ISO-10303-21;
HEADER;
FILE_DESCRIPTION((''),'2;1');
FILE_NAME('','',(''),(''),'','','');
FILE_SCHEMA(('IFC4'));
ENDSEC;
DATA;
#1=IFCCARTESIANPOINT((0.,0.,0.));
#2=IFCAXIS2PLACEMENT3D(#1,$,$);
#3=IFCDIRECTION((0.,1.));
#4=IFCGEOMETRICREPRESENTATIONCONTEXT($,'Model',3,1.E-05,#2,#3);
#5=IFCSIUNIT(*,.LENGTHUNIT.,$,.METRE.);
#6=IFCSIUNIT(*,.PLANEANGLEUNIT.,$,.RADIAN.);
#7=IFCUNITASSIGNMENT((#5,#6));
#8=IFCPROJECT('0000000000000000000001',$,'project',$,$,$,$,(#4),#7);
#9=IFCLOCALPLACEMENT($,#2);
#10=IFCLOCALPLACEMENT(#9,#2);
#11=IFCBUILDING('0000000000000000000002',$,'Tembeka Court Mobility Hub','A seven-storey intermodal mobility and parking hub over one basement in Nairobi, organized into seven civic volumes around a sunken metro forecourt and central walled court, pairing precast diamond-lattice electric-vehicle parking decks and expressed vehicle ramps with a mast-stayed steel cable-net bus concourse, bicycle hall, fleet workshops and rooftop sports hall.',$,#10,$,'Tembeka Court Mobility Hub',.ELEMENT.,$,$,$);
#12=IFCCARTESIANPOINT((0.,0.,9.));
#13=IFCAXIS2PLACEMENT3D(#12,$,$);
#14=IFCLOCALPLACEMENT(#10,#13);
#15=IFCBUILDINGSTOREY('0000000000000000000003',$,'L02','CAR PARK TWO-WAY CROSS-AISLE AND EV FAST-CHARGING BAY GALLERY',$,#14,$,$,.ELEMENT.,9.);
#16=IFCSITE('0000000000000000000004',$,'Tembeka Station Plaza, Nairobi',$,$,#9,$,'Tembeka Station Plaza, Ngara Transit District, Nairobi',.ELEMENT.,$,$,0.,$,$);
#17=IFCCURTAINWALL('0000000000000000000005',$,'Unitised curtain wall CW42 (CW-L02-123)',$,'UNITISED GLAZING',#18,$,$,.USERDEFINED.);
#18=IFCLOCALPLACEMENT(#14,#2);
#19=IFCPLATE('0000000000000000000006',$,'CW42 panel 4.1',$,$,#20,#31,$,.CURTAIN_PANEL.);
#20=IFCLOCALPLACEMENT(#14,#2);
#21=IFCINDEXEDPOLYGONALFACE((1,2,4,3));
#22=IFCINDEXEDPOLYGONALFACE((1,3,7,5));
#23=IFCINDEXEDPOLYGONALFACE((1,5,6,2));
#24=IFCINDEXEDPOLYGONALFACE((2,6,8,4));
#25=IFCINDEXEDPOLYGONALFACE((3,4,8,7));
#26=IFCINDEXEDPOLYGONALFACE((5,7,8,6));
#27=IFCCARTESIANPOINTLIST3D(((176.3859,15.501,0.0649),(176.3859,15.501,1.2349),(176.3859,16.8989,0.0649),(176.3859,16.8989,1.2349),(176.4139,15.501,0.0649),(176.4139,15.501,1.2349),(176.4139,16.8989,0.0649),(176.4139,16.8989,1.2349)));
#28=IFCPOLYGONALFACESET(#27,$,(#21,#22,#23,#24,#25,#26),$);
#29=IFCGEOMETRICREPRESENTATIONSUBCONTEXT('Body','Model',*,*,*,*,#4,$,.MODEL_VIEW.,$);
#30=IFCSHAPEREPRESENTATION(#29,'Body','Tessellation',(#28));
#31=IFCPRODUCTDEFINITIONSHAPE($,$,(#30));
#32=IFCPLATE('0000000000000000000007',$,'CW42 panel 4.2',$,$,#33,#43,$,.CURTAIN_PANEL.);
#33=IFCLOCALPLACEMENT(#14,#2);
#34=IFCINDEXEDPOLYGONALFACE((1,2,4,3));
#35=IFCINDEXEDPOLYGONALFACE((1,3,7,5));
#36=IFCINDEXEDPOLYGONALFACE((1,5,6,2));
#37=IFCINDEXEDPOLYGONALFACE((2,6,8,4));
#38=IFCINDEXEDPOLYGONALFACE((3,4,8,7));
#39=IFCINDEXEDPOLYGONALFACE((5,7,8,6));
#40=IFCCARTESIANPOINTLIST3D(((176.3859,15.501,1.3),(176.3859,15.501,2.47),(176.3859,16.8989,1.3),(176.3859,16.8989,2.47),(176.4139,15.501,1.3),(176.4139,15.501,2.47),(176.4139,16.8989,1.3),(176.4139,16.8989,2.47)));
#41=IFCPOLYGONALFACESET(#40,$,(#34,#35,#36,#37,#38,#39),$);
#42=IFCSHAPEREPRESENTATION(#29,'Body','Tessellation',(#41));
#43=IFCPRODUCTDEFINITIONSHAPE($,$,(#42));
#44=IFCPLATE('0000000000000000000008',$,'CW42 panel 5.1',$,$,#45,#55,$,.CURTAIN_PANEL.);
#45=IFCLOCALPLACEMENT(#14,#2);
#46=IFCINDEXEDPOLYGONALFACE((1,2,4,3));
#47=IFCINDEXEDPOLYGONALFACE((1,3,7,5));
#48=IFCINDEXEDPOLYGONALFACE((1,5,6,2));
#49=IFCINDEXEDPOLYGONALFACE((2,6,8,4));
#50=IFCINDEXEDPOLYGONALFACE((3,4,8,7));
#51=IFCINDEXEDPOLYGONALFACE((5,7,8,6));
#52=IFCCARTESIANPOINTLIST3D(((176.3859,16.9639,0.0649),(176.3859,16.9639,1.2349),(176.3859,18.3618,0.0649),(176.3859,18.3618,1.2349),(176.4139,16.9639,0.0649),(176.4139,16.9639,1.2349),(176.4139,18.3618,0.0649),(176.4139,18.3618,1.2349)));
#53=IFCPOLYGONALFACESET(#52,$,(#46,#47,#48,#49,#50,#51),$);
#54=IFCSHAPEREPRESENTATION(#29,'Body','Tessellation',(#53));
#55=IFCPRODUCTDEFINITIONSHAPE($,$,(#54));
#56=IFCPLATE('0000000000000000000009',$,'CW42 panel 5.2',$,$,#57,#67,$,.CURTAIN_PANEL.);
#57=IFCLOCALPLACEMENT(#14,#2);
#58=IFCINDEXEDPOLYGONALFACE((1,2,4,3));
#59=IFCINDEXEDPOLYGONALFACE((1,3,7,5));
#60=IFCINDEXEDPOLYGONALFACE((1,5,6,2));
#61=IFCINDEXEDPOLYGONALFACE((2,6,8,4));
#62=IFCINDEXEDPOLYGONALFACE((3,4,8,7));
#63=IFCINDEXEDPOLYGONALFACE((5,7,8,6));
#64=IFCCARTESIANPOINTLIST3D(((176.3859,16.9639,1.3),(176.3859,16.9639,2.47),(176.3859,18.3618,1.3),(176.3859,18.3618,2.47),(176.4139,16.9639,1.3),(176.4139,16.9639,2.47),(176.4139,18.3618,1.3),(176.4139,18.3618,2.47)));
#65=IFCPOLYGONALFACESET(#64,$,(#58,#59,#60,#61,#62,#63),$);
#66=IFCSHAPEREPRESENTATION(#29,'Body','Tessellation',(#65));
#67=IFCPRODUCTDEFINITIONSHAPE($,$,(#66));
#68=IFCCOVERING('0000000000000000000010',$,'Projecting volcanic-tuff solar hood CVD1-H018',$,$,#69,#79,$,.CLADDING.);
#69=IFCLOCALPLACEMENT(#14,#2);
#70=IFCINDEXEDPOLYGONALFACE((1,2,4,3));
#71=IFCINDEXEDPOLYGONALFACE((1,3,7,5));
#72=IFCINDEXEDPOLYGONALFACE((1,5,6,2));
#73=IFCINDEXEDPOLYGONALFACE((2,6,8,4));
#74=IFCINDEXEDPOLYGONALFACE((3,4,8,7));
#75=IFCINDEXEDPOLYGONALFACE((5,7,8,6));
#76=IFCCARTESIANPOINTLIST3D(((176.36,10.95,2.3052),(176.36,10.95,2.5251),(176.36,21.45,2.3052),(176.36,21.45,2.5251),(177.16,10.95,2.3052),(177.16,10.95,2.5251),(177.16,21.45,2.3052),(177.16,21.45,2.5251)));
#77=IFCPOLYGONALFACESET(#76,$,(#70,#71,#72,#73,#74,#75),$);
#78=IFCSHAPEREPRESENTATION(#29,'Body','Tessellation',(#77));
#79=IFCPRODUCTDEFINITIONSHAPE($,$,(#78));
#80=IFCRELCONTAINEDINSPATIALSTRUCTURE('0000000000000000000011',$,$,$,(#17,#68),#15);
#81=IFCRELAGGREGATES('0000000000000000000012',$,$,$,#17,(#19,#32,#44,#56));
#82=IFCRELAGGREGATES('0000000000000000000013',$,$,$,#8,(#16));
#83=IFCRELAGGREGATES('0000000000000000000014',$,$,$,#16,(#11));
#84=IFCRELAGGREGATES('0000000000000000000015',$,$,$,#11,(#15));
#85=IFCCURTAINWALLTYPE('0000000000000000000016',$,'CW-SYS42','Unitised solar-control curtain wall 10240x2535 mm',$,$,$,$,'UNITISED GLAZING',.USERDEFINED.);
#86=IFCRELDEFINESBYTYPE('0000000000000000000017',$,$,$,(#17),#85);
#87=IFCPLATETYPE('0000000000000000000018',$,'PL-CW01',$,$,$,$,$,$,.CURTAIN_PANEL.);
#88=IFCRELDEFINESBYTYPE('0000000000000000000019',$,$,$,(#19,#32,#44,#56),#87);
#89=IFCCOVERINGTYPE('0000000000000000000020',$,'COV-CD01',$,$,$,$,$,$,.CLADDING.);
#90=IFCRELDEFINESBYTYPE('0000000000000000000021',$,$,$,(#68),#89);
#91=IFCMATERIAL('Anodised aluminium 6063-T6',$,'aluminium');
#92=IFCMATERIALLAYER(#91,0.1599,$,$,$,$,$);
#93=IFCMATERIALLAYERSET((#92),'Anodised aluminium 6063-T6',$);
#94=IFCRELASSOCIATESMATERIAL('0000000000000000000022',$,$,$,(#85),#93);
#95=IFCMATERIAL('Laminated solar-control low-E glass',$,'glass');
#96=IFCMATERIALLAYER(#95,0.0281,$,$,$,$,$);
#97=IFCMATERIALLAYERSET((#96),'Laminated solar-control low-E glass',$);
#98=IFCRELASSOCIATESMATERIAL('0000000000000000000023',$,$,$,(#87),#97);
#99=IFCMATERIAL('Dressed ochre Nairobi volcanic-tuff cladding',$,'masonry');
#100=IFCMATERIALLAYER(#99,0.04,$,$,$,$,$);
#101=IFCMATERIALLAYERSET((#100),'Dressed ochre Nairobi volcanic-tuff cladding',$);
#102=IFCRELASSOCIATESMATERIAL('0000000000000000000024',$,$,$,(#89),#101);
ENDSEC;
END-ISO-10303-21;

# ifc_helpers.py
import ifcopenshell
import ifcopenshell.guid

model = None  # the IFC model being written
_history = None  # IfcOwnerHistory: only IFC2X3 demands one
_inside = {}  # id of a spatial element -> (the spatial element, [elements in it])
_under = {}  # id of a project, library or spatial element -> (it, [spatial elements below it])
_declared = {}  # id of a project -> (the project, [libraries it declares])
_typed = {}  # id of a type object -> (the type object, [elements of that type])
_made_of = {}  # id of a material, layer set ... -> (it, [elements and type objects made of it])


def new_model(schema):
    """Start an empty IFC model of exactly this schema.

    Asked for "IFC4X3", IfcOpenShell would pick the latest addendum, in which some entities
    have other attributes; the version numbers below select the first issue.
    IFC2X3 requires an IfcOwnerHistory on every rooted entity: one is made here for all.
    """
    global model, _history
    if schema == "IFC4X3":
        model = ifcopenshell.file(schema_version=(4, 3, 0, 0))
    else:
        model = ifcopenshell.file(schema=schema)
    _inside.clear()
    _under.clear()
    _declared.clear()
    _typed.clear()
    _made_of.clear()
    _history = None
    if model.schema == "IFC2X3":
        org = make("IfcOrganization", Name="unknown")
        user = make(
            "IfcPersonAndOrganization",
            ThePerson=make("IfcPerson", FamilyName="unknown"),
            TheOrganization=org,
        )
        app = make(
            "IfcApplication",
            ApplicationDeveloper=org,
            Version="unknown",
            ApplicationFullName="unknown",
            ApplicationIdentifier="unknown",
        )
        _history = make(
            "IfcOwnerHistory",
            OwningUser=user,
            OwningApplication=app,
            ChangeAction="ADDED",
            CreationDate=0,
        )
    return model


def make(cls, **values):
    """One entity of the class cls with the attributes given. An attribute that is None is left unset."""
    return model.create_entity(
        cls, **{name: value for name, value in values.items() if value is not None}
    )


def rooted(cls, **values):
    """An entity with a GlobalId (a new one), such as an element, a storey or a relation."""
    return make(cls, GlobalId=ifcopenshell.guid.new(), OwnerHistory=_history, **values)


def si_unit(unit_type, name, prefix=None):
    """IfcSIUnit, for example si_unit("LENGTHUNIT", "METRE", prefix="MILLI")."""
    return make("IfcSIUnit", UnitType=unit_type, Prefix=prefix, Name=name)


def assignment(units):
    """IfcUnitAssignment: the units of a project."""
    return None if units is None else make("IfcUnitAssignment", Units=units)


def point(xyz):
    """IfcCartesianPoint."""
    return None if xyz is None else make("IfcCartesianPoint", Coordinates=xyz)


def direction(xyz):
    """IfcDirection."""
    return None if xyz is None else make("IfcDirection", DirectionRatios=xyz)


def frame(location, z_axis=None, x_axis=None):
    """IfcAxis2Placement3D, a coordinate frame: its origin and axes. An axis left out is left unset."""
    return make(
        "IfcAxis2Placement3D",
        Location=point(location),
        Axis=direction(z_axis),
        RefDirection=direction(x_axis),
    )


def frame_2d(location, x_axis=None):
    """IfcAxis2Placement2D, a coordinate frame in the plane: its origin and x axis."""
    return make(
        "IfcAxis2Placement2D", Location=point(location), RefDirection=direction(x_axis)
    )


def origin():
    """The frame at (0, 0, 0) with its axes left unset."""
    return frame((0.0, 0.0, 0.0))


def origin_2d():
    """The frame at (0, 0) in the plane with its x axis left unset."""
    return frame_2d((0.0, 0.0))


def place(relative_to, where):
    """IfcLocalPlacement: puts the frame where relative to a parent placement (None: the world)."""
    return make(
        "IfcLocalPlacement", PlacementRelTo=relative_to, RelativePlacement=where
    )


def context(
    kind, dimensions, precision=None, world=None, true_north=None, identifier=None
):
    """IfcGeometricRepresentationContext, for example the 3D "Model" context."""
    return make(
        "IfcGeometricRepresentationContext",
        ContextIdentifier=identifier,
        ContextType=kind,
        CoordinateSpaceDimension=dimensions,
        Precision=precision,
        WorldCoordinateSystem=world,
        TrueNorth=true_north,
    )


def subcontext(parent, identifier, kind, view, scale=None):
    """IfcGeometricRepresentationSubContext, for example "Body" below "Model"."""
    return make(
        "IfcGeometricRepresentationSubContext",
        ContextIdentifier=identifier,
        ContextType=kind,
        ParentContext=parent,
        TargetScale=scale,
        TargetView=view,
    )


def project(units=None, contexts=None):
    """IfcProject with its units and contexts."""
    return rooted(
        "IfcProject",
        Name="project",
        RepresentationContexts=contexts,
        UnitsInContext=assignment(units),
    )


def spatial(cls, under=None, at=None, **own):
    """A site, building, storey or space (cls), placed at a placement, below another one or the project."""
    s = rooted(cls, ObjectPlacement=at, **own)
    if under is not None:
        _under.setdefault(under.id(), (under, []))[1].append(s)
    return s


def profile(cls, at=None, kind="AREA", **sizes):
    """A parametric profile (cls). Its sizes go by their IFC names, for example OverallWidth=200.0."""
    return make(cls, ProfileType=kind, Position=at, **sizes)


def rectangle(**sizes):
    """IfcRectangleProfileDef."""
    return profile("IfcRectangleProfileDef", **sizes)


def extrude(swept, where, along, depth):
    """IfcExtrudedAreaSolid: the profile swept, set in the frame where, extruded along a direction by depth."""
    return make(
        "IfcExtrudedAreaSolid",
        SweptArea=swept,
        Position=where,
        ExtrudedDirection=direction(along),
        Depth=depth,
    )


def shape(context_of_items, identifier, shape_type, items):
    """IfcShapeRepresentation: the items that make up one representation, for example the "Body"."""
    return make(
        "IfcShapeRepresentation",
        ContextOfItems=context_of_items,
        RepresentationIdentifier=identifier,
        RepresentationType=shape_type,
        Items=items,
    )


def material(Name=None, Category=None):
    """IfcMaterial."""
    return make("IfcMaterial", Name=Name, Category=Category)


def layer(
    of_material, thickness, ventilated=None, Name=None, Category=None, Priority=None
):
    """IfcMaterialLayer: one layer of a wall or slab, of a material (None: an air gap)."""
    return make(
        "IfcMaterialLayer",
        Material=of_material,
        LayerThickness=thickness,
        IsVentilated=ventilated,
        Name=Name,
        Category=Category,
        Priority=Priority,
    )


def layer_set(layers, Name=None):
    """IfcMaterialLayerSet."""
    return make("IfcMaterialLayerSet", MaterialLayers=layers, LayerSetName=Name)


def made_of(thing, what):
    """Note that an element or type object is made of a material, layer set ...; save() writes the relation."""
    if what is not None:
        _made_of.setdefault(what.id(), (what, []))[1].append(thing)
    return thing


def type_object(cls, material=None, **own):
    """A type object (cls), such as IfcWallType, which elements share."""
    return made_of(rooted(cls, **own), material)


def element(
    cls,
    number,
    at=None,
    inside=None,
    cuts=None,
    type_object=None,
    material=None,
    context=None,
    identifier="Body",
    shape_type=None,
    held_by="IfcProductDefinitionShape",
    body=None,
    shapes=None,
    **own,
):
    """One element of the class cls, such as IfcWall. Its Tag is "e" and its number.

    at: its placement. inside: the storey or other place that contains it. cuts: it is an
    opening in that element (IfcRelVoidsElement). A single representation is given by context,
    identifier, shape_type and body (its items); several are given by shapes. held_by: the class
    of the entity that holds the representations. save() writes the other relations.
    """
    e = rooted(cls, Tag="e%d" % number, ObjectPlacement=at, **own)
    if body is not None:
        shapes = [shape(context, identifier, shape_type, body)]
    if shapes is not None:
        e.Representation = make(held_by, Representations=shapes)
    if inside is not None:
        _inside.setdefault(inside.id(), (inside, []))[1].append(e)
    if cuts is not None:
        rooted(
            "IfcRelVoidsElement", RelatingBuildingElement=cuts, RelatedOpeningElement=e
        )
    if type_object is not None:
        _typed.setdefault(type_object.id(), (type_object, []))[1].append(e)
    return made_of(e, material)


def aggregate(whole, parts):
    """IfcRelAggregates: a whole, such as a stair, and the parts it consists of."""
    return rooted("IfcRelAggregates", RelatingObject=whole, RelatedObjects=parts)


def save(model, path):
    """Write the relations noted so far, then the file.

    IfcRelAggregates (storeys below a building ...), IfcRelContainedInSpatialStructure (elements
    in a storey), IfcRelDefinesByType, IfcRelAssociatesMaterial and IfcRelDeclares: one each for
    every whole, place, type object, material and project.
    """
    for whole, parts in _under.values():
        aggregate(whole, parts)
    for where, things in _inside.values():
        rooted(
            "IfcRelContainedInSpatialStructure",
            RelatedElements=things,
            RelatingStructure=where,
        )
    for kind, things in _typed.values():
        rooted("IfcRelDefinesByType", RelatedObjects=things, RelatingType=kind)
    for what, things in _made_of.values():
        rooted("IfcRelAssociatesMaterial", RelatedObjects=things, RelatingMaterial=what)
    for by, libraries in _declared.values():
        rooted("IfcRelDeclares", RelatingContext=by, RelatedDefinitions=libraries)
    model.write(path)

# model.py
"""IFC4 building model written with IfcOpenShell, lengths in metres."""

from ifc_helpers import new_model, si_unit, direction, frame, origin, origin_2d, place, context, subcontext, project, spatial, rectangle, extrude, material, layer, layer_set, type_object, element, aggregate, save


model = new_model("IFC4")

# Units and contexts
model_context = context("Model", 3, precision=1e-05, world=origin(), true_north=direction((0.0, 1.0)))
body_context = subcontext(model_context, "Body", "Model", "MODEL_VIEW")
ifc_project = project(units=[si_unit("LENGTHUNIT", "METRE"), si_unit("PLANEANGLEUNIT", "RADIAN")], contexts=[model_context])

# Site, building, storey
site_placement = place(None, origin())
site = spatial("IfcSite", under=ifc_project, at=site_placement, Name="Tembeka Station Plaza, Nairobi", LongName="Tembeka Station Plaza, Ngara Transit District, Nairobi", CompositionType="ELEMENT", RefElevation=0.0)
building_placement = place(site_placement, origin())
building = spatial("IfcBuilding", under=site, at=building_placement, Name="Tembeka Court Mobility Hub", Description="A seven-storey intermodal mobility and parking hub over one basement in Nairobi, organized into seven civic volumes around a sunken metro forecourt and central walled court, pairing precast diamond-lattice electric-vehicle parking decks and expressed vehicle ramps with a mast-stayed steel cable-net bus concourse, bicycle hall, fleet workshops and rooftop sports hall.", LongName="Tembeka Court Mobility Hub", CompositionType="ELEMENT")
storey_placement = place(building_placement, frame((0.0, 0.0, 9.0)))
storey = spatial("IfcBuildingStorey", under=building, at=storey_placement, Name="L02", Description="CAR PARK TWO-WAY CROSS-AISLE AND EV FAST-CHARGING BAY GALLERY", CompositionType="ELEMENT", Elevation=9.0)

# Curtain wall, plates
ifc_material_1 = material(Name="Anodised aluminium 6063-T6", Category="aluminium")
ifc_layer_1 = layer(ifc_material_1, 0.1599)
ifc_layer_set_1 = layer_set([ifc_layer_1], Name="Anodised aluminium 6063-T6")
curtain_wall_type = type_object("IfcCurtainWallType", Name="CW-SYS42", Description="Unitised solar-control curtain wall 10240x2535 mm", ElementType="UNITISED GLAZING", PredefinedType="USERDEFINED", material=ifc_layer_set_1)
curtain_wall_placement = place(storey_placement, origin())
curtain_wall = element("IfcCurtainWall", 1, at=curtain_wall_placement, inside=storey, type_object=curtain_wall_type, Name="Unitised curtain wall CW42 (CW-L02-123)", ObjectType="UNITISED GLAZING", PredefinedType="USERDEFINED")
ifc_material_2 = material(Name="Laminated solar-control low-E glass", Category="glass")
ifc_layer_2 = layer(ifc_material_2, 0.0281)
ifc_layer_set_2 = layer_set([ifc_layer_2], Name="Laminated solar-control low-E glass")
plate_type = type_object("IfcPlateType", Name="PL-CW01", PredefinedType="CURTAIN_PANEL", material=ifc_layer_set_2)
plate_1_placement = place(storey_placement, frame((176.3999, 16.2, 0.0649), z_axis=(0.0, 0.0, 1.0), x_axis=(0.0, 1.0, 0.0)))
plate_1 = element("IfcPlate", 2, at=plate_1_placement, type_object=plate_type, Name="CW42 panel 4.1", PredefinedType="CURTAIN_PANEL", context=body_context, shape_type="SweptSolid", body=[
    extrude(rectangle(XDim=1.3979, YDim=0.0281, at=origin_2d()), origin(), (0.0, 0.0, 1.0), 1.1699),
])
plate_2_placement = place(storey_placement, frame((176.3999, 16.2, 1.3), z_axis=(0.0, 0.0, 1.0), x_axis=(0.0, 1.0, 0.0)))
plate_2 = element("IfcPlate", 3, at=plate_2_placement, type_object=plate_type, Name="CW42 panel 4.2", PredefinedType="CURTAIN_PANEL", context=body_context, shape_type="SweptSolid", body=[
    extrude(rectangle(XDim=1.3979, YDim=0.0281, at=origin_2d()), origin(), (0.0, 0.0, 1.0), 1.1699),
])
plate_3_placement = place(storey_placement, frame((176.3999, 17.6628, 0.0649), z_axis=(0.0, 0.0, 1.0), x_axis=(0.0, 1.0, 0.0)))
plate_3 = element("IfcPlate", 4, at=plate_3_placement, type_object=plate_type, Name="CW42 panel 5.1", PredefinedType="CURTAIN_PANEL", context=body_context, shape_type="SweptSolid", body=[
    extrude(rectangle(XDim=1.3979, YDim=0.0281, at=origin_2d()), origin(), (0.0, 0.0, 1.0), 1.1699),
])
plate_4_placement = place(storey_placement, frame((176.3999, 17.6628, 1.3), z_axis=(0.0, 0.0, 1.0), x_axis=(0.0, 1.0, 0.0)))
plate_4 = element("IfcPlate", 5, at=plate_4_placement, type_object=plate_type, Name="CW42 panel 5.2", PredefinedType="CURTAIN_PANEL", context=body_context, shape_type="SweptSolid", body=[
    extrude(rectangle(XDim=1.3979, YDim=0.0281, at=origin_2d()), origin(), (0.0, 0.0, 1.0), 1.1699),
])
aggregate(curtain_wall, [plate_1, plate_2, plate_3, plate_4])

# Covering
ifc_material_3 = material(Name="Dressed ochre Nairobi volcanic-tuff cladding", Category="masonry")
ifc_layer_3 = layer(ifc_material_3, 0.04)
ifc_layer_set_3 = layer_set([ifc_layer_3], Name="Dressed ochre Nairobi volcanic-tuff cladding")
covering_type = type_object("IfcCoveringType", Name="COV-CD01", PredefinedType="CLADDING", material=ifc_layer_set_3)
covering_placement = place(storey_placement, frame((176.76, 16.2, 2.3052), z_axis=(0.0, 0.0, 1.0), x_axis=(0.0, 1.0, 0.0)))
element("IfcCovering", 6, at=covering_placement, inside=storey, type_object=covering_type, Name="Projecting volcanic-tuff solar hood CVD1-H018", PredefinedType="CLADDING", context=body_context, shape_type="SweptSolid", body=[
    extrude(rectangle(XDim=10.5, YDim=0.8, at=origin_2d()), origin(), (0.0, 0.0, 1.0), 0.22),
])

save(model, "model.ifc")
